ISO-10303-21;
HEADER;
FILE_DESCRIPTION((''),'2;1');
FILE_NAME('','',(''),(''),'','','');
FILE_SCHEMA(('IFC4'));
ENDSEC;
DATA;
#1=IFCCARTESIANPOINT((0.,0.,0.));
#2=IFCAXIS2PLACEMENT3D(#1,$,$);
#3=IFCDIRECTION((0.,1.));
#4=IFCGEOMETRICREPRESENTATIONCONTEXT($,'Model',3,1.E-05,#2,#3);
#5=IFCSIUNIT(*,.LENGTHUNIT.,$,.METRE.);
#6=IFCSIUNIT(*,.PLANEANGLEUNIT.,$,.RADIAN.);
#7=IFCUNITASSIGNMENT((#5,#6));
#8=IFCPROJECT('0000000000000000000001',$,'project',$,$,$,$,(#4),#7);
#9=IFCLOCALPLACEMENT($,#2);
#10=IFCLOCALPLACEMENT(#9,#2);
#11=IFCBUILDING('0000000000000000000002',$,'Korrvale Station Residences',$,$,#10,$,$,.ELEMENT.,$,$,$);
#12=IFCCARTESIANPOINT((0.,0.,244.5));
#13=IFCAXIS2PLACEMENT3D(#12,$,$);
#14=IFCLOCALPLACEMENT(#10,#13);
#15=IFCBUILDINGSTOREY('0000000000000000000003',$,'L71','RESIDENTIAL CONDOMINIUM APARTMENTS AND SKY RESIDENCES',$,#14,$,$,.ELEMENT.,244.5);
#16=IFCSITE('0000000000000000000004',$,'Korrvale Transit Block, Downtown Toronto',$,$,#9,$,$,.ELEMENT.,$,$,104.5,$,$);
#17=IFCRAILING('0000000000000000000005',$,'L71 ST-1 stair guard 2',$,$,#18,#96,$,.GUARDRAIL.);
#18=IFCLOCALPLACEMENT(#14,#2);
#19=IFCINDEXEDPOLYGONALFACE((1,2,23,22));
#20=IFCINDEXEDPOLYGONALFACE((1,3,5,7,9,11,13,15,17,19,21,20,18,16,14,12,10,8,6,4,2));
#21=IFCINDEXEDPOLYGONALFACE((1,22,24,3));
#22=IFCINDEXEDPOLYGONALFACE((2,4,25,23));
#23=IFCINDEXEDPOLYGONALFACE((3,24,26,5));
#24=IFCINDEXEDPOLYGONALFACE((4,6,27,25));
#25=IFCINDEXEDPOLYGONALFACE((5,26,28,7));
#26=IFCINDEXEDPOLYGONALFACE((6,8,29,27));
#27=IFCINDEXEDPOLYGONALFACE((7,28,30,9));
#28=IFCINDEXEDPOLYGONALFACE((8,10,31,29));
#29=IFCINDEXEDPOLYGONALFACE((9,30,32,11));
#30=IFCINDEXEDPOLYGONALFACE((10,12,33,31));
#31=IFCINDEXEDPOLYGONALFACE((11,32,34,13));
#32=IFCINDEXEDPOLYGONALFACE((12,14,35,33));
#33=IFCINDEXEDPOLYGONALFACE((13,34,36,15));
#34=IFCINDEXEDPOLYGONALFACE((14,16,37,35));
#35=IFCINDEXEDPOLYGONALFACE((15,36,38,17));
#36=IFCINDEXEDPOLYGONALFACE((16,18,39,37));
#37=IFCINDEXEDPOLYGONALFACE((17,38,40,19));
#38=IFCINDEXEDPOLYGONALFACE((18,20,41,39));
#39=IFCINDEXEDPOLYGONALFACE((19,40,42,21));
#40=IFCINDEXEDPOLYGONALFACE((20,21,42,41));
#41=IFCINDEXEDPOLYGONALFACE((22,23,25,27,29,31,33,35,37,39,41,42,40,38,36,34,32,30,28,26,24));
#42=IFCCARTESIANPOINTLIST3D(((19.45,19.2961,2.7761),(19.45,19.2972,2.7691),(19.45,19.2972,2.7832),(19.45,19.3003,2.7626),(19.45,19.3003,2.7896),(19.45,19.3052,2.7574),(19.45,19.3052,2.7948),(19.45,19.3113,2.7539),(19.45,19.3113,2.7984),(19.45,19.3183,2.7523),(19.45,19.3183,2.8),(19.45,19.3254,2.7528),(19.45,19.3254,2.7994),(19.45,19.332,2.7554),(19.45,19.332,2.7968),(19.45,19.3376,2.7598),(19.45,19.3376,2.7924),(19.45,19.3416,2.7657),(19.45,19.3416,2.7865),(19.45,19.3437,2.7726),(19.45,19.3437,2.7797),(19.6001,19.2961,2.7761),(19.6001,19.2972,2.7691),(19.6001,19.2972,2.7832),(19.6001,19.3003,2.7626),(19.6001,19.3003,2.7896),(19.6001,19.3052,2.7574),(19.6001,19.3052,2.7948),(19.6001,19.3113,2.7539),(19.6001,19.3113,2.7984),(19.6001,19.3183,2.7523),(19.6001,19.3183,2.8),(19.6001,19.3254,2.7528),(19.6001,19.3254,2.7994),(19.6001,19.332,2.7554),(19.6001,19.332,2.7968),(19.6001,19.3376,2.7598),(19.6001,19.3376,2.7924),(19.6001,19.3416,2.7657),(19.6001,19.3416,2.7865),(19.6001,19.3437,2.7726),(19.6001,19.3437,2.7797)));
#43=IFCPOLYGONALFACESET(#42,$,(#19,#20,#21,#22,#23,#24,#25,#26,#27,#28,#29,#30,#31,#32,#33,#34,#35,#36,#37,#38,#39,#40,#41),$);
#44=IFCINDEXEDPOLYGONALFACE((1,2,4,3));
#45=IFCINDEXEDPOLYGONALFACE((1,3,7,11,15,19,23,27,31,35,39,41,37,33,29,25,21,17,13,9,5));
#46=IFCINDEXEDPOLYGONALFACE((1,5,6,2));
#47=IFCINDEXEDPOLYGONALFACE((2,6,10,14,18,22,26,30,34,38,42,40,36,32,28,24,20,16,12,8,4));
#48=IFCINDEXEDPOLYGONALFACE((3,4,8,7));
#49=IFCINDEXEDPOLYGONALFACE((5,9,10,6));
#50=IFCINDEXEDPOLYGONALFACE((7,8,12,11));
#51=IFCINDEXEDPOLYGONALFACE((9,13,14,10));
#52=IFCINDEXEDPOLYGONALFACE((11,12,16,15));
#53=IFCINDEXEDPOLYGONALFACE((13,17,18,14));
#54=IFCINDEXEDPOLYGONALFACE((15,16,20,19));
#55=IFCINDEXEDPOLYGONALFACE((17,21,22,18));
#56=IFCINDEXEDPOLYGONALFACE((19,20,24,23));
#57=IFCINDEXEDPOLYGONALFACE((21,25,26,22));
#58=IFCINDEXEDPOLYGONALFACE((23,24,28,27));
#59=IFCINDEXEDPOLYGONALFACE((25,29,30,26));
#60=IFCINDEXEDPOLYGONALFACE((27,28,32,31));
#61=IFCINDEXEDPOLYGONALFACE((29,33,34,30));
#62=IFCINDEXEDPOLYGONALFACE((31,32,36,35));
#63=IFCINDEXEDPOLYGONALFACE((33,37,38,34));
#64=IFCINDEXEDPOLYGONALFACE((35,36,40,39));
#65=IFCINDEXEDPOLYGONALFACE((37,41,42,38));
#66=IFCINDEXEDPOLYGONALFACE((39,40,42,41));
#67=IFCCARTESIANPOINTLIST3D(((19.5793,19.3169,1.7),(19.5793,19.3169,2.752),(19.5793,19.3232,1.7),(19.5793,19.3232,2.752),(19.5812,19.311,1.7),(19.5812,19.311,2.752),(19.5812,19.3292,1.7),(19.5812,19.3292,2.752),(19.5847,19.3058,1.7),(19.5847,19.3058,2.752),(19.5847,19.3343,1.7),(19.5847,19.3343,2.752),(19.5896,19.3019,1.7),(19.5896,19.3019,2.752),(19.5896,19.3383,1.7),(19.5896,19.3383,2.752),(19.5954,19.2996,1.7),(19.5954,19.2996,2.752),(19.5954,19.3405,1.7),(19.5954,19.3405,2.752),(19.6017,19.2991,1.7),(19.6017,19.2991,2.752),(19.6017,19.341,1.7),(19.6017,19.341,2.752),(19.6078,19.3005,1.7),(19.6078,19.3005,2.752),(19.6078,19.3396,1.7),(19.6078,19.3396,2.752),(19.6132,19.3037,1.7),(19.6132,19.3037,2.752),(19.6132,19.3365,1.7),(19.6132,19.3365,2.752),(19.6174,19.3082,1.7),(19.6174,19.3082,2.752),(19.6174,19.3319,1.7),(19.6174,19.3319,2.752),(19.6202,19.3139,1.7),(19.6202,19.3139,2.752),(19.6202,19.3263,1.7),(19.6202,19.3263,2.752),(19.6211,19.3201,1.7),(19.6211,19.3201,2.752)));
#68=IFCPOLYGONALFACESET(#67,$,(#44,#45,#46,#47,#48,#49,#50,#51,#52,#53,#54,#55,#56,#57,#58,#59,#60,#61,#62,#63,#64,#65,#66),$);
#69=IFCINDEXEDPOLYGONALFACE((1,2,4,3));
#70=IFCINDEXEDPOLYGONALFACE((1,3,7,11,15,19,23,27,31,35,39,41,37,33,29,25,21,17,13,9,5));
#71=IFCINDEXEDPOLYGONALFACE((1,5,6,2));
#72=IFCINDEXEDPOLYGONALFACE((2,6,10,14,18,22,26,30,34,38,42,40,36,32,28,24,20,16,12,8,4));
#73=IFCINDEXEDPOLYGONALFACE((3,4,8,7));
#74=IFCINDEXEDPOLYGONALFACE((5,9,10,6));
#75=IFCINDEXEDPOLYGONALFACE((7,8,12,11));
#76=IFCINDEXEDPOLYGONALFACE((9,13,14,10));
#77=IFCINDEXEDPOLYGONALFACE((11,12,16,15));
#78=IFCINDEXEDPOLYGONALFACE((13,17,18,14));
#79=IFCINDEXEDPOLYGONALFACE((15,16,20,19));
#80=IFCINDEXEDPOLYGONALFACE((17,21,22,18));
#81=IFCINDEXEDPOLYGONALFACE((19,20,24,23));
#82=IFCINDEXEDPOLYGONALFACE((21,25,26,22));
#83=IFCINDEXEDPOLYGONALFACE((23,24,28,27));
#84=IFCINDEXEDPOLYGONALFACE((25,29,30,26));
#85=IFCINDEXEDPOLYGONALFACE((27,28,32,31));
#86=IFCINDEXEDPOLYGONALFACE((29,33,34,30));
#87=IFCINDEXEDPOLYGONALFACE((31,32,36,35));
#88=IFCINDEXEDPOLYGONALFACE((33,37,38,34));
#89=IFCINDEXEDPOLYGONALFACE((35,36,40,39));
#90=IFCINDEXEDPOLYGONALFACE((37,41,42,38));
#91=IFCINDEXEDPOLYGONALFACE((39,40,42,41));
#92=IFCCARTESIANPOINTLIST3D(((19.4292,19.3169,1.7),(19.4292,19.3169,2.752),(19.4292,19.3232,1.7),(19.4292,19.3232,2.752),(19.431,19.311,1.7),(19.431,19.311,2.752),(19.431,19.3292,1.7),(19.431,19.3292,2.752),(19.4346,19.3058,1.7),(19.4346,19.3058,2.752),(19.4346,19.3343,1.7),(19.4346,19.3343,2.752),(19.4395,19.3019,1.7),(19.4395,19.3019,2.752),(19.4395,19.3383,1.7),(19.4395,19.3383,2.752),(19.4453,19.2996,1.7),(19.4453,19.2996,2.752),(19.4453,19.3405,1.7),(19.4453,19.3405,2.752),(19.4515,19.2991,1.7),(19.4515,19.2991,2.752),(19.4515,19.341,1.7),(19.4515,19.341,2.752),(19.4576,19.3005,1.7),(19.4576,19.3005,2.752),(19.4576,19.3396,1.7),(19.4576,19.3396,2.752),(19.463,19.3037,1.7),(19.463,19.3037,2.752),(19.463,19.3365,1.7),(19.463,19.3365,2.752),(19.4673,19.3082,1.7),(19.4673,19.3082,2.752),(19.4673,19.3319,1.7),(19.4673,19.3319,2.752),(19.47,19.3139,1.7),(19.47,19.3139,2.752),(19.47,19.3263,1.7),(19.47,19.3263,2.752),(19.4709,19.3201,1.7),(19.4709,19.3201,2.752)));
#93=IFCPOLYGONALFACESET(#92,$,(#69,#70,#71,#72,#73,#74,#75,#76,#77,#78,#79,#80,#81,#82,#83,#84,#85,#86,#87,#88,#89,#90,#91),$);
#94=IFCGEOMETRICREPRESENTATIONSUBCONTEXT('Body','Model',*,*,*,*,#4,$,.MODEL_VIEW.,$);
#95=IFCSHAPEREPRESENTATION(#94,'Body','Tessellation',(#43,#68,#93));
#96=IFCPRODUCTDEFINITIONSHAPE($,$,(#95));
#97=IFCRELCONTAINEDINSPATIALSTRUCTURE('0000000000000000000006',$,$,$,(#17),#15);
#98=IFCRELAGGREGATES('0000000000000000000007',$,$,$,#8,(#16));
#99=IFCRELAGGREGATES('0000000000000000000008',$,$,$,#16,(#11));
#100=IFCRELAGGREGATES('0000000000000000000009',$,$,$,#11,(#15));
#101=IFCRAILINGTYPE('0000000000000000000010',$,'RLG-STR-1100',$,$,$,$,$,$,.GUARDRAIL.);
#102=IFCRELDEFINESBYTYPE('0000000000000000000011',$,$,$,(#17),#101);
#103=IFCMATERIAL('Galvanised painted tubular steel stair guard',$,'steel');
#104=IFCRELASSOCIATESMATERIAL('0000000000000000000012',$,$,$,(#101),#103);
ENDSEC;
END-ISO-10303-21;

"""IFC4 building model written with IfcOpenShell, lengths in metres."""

from ifc_helpers import new_model, si_unit, direction, frame, origin, origin_2d, place, context, subcontext, project, spatial, circle, extrude, material, type_object, element, save


model = new_model("IFC4")

# Units and contexts
model_context = context("Model", 3, precision=1e-05, world=origin(), true_north=direction((0.0, 1.0)))
body_context = subcontext(model_context, "Body", "Model", "MODEL_VIEW")
ifc_project = project(units=[si_unit("LENGTHUNIT", "METRE"), si_unit("PLANEANGLEUNIT", "RADIAN")], contexts=[model_context])

# Site, building, storey
site_placement = place(None, origin())
site = spatial("IfcSite", under=ifc_project, at=site_placement, Name="Korrvale Transit Block, Downtown Toronto", CompositionType="ELEMENT", RefElevation=104.5)
building_placement = place(site_placement, origin())
building = spatial("IfcBuilding", under=site, at=building_placement, Name="Korrvale Station Residences", CompositionType="ELEMENT")
storey_placement = place(building_placement, frame((0.0, 0.0, 244.5)))
storey = spatial("IfcBuildingStorey", under=building, at=storey_placement, Name="L71", Description="RESIDENTIAL CONDOMINIUM APARTMENTS AND SKY RESIDENCES", CompositionType="ELEMENT", Elevation=244.5)

# Railing
ifc_material_1 = material(Name="Galvanised painted tubular steel stair guard", Category="steel")
railing_type_1 = type_object("IfcRailingType", Name="RLG-STR-1100", PredefinedType="GUARDRAIL", material=ifc_material_1)
railing_1_placement = place(storey_placement, frame((19.6001, 19.3201, 1.7)))
element("IfcRailing", 1, at=railing_1_placement, inside=storey, type_object=railing_type_1, Name="L71 ST-1 stair guard 2", PredefinedType="GUARDRAIL", context=body_context, shape_type="SweptSolid", body=[
    extrude(circle(Radius=0.0239, at=origin_2d()), frame((0.0, 0.0, 1.0762), z_axis=(-1.0, 0.0, 0.0), x_axis=(0.0, -1.0, 0.0)), (0.0, 0.0, 1.0), 0.1501),
    extrude(circle(Radius=0.021, at=origin_2d()), origin(), (0.0, 0.0, 1.0), 1.052),
    extrude(circle(Radius=0.021, at=origin_2d()), frame((-0.1501, 0.0, 0.0)), (0.0, 0.0, 1.0), 1.052),
])

save(model, "model.ifc")
